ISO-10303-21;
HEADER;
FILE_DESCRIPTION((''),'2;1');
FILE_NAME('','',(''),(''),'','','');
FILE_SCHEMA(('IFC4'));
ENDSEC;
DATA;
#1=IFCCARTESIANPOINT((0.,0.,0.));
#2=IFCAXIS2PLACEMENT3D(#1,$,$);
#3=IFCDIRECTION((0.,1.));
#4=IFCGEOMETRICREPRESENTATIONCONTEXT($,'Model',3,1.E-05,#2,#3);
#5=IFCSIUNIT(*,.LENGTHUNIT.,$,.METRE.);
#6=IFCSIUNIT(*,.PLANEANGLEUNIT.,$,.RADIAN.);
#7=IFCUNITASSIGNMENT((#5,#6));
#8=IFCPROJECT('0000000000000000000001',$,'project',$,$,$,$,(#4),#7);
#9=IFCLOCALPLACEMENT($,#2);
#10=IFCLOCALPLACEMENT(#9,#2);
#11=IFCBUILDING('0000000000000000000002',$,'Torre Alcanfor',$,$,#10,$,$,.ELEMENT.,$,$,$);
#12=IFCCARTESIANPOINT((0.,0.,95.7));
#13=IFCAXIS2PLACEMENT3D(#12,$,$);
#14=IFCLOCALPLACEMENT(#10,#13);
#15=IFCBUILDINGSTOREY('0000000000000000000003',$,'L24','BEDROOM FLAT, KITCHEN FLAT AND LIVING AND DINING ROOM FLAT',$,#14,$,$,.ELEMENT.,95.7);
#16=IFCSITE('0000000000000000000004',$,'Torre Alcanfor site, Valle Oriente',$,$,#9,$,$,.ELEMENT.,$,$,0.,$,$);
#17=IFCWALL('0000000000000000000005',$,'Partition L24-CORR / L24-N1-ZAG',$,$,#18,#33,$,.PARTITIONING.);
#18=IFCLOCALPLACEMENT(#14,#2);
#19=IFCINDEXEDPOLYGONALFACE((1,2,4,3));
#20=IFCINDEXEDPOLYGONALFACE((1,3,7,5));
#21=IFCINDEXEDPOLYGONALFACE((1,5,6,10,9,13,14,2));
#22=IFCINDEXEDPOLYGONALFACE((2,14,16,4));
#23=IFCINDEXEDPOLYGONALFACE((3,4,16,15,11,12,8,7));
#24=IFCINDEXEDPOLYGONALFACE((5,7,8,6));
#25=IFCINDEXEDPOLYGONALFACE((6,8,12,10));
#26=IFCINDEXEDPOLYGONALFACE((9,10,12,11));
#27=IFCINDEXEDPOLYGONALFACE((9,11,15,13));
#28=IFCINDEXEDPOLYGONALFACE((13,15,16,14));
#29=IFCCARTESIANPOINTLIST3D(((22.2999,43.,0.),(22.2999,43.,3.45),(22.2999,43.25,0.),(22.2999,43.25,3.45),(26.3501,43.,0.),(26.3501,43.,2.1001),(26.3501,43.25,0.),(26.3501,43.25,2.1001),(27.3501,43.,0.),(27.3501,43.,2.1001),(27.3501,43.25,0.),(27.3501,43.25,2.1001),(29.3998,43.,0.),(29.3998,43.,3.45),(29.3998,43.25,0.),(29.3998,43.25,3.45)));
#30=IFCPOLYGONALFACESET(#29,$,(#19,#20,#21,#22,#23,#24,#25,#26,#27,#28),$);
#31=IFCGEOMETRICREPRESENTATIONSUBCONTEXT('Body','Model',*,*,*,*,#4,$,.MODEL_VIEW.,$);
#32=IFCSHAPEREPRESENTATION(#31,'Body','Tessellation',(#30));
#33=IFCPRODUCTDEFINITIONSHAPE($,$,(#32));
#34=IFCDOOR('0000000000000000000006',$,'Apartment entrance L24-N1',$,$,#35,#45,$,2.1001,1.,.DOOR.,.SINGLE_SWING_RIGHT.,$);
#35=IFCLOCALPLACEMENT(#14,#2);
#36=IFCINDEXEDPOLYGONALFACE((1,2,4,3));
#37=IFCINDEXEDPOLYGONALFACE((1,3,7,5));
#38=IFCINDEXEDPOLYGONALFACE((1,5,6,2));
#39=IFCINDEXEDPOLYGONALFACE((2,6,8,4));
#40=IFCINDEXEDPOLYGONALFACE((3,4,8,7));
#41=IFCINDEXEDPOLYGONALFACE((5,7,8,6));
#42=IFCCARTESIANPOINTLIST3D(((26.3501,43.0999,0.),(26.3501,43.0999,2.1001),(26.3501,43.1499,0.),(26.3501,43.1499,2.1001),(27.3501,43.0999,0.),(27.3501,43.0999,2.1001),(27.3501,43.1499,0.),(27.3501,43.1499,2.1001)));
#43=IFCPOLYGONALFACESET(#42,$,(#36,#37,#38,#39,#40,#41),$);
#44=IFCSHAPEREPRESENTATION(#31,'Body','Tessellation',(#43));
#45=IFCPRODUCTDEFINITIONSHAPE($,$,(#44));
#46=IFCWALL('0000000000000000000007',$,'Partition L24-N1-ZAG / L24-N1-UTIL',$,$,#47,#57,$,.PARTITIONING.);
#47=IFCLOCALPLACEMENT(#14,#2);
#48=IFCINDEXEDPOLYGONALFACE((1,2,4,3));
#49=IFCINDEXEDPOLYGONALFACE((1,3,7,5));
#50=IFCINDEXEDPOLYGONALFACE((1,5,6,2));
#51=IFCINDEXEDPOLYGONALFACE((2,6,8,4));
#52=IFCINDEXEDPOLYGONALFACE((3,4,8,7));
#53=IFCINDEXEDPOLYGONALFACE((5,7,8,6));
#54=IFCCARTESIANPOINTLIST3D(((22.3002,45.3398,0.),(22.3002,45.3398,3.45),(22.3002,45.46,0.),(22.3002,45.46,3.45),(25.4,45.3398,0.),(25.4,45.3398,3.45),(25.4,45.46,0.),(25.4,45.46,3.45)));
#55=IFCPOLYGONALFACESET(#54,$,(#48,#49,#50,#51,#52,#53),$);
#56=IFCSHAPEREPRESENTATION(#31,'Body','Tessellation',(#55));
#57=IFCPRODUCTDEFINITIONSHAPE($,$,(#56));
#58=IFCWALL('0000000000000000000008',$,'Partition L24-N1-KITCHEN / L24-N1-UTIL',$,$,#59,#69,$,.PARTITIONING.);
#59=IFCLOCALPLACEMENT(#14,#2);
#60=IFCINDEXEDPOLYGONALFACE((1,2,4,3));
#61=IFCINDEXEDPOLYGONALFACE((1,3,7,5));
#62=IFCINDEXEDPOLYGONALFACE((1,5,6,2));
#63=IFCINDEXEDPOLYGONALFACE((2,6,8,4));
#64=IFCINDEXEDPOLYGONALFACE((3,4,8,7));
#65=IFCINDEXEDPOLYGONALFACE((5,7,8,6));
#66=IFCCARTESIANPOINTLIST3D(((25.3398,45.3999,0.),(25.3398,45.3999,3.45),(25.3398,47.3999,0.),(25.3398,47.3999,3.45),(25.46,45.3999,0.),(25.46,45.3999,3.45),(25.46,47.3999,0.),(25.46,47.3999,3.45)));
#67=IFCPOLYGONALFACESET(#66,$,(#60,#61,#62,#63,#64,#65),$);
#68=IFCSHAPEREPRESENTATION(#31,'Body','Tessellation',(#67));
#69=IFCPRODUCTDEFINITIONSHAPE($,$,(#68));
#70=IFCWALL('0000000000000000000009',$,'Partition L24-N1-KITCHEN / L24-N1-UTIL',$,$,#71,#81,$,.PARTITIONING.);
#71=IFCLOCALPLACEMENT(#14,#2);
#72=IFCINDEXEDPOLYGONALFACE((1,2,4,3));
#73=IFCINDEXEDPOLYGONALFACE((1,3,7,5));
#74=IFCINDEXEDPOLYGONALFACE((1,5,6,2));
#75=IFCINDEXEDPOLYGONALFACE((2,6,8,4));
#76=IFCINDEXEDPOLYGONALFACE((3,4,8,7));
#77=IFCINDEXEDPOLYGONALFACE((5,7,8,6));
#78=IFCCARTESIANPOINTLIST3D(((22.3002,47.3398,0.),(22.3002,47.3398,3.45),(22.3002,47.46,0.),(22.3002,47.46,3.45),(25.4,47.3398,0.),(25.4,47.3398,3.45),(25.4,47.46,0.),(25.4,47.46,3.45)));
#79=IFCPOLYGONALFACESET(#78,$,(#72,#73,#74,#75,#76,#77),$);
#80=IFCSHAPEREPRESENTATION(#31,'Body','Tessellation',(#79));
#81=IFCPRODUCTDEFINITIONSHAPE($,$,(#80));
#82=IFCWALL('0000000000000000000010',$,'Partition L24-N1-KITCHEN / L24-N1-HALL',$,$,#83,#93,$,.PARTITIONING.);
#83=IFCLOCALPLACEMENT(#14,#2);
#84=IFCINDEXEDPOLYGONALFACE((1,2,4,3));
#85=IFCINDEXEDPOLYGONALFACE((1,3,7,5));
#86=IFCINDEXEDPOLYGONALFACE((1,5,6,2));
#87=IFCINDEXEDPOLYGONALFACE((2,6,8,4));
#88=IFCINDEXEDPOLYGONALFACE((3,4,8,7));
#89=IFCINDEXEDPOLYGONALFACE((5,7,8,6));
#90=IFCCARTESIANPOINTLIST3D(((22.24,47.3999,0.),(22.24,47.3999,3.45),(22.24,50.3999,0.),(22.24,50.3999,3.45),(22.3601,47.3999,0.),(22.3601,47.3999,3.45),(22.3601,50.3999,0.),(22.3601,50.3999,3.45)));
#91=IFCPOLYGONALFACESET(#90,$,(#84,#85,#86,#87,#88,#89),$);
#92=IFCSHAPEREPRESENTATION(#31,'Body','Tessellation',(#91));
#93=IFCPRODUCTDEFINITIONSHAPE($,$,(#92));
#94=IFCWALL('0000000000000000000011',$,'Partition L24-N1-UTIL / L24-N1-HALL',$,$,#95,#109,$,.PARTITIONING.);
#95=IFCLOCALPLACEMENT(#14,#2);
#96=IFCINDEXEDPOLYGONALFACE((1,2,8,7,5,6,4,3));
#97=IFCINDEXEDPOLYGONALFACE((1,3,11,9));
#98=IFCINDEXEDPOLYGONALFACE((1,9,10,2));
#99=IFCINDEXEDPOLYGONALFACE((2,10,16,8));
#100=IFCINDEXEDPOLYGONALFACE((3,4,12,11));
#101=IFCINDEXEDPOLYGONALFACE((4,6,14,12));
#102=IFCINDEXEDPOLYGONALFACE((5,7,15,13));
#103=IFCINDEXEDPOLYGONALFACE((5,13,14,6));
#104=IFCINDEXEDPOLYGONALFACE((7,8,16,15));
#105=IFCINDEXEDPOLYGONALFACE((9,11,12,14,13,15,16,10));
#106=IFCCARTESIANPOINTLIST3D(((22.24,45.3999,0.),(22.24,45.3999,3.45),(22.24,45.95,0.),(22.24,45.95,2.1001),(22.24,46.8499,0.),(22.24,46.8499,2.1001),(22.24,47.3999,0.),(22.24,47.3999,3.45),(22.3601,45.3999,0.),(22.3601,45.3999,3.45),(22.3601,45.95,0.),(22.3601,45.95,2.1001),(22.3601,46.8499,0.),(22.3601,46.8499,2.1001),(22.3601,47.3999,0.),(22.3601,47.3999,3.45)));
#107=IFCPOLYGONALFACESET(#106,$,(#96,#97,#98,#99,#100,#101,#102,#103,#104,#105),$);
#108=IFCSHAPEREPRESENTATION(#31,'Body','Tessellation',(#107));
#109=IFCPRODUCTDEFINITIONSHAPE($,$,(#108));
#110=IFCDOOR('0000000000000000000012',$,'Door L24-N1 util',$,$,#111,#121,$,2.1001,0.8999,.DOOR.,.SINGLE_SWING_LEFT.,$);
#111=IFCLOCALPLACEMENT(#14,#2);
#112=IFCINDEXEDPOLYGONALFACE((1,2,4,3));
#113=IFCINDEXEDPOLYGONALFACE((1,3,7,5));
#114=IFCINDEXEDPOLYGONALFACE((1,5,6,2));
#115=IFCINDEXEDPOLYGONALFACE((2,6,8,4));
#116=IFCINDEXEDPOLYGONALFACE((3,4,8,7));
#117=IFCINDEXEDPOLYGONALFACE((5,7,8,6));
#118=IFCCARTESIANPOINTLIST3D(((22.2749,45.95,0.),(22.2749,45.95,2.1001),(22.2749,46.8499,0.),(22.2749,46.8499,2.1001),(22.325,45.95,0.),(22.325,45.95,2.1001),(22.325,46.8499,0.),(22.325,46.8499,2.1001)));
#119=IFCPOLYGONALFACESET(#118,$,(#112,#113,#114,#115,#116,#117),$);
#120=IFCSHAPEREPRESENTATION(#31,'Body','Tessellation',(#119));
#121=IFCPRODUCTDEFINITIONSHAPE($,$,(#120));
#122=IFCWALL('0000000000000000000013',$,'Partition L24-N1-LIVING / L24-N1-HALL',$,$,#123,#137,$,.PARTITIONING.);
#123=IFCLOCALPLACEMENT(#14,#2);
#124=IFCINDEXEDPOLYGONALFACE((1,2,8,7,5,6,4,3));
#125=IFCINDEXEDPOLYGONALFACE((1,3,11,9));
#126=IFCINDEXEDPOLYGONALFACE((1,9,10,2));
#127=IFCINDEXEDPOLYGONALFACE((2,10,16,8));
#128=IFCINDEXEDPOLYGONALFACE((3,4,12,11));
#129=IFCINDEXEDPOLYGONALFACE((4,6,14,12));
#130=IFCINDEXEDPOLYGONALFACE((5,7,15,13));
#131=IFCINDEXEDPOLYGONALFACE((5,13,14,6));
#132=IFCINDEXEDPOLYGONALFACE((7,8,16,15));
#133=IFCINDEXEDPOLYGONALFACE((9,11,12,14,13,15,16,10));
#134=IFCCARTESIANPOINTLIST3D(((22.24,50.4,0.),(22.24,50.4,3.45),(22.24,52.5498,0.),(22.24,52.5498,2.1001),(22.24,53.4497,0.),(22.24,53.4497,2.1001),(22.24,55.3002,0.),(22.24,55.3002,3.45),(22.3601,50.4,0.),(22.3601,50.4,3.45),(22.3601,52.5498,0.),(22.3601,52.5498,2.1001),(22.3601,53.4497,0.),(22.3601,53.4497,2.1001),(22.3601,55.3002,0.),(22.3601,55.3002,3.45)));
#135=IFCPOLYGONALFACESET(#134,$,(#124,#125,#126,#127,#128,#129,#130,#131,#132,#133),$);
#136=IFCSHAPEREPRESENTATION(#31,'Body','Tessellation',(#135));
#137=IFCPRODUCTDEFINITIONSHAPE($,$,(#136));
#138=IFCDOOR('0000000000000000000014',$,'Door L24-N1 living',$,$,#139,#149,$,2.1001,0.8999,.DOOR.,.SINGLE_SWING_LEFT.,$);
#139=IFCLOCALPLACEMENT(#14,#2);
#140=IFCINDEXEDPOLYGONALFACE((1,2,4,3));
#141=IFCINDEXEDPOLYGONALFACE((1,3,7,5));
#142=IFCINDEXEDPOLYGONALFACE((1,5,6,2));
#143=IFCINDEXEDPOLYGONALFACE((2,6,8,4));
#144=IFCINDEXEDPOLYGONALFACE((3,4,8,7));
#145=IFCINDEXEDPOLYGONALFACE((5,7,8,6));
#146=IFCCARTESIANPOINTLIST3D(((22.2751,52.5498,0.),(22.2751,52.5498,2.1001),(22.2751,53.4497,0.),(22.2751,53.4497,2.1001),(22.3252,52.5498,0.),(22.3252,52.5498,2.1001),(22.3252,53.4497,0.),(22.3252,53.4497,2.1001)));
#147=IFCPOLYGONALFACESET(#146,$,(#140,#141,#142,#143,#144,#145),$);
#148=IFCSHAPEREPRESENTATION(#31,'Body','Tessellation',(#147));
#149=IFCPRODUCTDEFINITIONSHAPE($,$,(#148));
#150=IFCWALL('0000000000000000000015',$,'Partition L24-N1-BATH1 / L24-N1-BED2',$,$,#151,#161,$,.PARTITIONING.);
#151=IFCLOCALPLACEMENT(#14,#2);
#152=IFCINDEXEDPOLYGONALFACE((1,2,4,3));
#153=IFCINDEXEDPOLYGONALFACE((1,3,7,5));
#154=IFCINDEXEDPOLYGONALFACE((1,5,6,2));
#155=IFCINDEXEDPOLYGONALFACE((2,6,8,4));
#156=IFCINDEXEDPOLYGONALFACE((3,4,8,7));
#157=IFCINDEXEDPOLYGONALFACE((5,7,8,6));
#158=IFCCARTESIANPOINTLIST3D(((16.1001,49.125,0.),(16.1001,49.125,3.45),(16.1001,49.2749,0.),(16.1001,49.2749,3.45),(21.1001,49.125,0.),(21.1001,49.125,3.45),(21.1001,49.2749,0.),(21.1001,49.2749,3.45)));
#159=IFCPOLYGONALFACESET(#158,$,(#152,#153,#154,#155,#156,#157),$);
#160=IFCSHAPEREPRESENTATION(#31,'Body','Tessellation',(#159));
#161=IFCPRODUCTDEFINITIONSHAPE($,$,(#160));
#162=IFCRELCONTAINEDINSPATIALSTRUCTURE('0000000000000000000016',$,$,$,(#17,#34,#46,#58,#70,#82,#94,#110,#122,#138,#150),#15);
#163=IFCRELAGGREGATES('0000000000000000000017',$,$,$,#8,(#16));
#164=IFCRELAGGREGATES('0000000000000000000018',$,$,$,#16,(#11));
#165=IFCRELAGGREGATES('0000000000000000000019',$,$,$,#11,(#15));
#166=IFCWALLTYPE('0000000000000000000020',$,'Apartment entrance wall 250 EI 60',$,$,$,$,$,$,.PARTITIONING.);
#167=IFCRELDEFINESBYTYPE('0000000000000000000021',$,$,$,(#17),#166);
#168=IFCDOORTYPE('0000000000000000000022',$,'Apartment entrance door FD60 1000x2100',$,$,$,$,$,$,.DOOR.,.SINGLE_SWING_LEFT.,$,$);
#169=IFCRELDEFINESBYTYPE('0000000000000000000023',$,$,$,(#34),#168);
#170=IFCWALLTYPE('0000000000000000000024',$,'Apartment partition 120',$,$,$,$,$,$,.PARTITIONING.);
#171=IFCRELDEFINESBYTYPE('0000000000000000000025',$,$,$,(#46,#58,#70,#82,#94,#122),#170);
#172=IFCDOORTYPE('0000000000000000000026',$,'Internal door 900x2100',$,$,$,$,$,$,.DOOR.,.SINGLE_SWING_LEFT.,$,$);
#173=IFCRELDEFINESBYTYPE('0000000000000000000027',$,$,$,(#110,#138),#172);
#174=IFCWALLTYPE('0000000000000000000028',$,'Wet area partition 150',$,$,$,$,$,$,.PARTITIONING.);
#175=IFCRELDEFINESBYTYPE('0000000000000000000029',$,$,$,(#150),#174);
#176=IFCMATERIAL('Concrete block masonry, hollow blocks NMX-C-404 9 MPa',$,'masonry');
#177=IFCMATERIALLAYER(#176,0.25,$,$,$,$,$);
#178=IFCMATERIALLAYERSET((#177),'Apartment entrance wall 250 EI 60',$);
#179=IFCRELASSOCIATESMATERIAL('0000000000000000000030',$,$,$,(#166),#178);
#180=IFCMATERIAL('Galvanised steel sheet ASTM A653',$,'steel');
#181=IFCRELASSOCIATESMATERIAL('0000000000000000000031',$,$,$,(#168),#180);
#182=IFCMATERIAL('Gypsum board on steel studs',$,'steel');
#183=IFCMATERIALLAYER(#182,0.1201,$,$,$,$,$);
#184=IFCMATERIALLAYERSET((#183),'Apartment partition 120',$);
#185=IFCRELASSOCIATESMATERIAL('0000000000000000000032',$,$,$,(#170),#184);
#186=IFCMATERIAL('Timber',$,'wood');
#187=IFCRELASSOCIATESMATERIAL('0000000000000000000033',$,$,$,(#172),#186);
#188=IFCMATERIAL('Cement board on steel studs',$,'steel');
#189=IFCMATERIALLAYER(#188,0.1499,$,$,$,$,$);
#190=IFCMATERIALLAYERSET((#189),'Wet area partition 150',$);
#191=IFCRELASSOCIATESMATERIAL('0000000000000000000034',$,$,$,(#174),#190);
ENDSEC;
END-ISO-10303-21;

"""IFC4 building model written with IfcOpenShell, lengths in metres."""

from ifc_helpers import new_model, si_unit, direction, frame, frame_2d, origin, place, context, subcontext, project, spatial, rectangle, extrude, material, layer, layer_set, type_object, element, fill, save


model = new_model("IFC4")

# Units and contexts
model_context = context("Model", 3, precision=1e-05, world=origin(), true_north=direction((0.0, 1.0)))
body_context = subcontext(model_context, "Body", "Model", "MODEL_VIEW")
ifc_project = project(units=[si_unit("LENGTHUNIT", "METRE"), si_unit("PLANEANGLEUNIT", "RADIAN")], contexts=[model_context])

# Site, building, storey
site_placement = place(None, origin())
site = spatial("IfcSite", under=ifc_project, at=site_placement, Name="Torre Alcanfor site, Valle Oriente", CompositionType="ELEMENT", RefElevation=0.0)
building_placement = place(site_placement, origin())
building = spatial("IfcBuilding", under=site, at=building_placement, Name="Torre Alcanfor", CompositionType="ELEMENT")
storey_placement = place(building_placement, frame((0.0, 0.0, 95.7)))
storey = spatial("IfcBuildingStorey", under=building, at=storey_placement, Name="L24", Description="BEDROOM FLAT, KITCHEN FLAT AND LIVING AND DINING ROOM FLAT", CompositionType="ELEMENT", Elevation=95.7)

# Wall, opening, door
ifc_material_1 = material(Name="Concrete block masonry, hollow blocks NMX-C-404 9 MPa", Category="masonry")
ifc_layer_1 = layer(ifc_material_1, 0.25)
ifc_layer_set_1 = layer_set([ifc_layer_1], Name="Apartment entrance wall 250 EI 60")
wall_type_1 = type_object("IfcWallType", Name="Apartment entrance wall 250 EI 60", PredefinedType="PARTITIONING", material=ifc_layer_set_1)
wall_1_placement = place(storey_placement, frame((22.3, 43.125, 0.0), z_axis=(0.0, 0.0, 1.0), x_axis=(1.0, 0.0, 0.0)))
wall_1 = element("IfcWall", 1, at=wall_1_placement, inside=storey, type_object=wall_type_1, Name="Partition L24-CORR / L24-N1-ZAG", PredefinedType="PARTITIONING", context=body_context, shape_type="SweptSolid", body=[
    extrude(rectangle(XDim=7.0999, YDim=0.25, at=frame_2d((3.5498, 0.0))), origin(), (0.0, 0.0, 1.0), 3.45),
])
opening_1_placement = place(wall_1_placement, frame((4.05, 0.0, 0.0)))
opening_1 = element("IfcOpeningElement", 2, at=opening_1_placement, cuts=wall_1, PredefinedType="OPENING", context=body_context, shape_type="SweptSolid", body=[
    extrude(rectangle(XDim=1.0, YDim=2.1001, at=frame_2d((0.5, 1.05))), frame((0.0, 0.135, 0.0), z_axis=(0.0, -1.0, 0.0), x_axis=(1.0, 0.0, 0.0)), (0.0, 0.0, 1.0), 0.27),
])
ifc_material_2 = material(Name="Galvanised steel sheet ASTM A653", Category="steel")
door_type_1 = type_object("IfcDoorType", Name="Apartment entrance door FD60 1000x2100", OperationType="SINGLE_SWING_LEFT", PredefinedType="DOOR", material=ifc_material_2)
door_1_placement = place(opening_1_placement, origin())
door_1 = element("IfcDoor", 3, at=door_1_placement, inside=storey, type_object=door_type_1, Name="Apartment entrance L24-N1", OperationType="SINGLE_SWING_RIGHT", OverallHeight=2.1001, OverallWidth=1.0, PredefinedType="DOOR", context=body_context, shape_type="SweptSolid", body=[
    extrude(rectangle(XDim=1.0, YDim=2.1001, at=frame_2d((0.5, 1.05))), frame((0.0, 0.0249, 0.0), z_axis=(0.0, -1.0, 0.0), x_axis=(1.0, 0.0, 0.0)), (0.0, 0.0, 1.0), 0.05),
])
fill(opening_1, door_1)

# Walls
ifc_material_3 = material(Name="Gypsum board on steel studs", Category="steel")
ifc_layer_2 = layer(ifc_material_3, 0.1201)
ifc_layer_set_2 = layer_set([ifc_layer_2], Name="Apartment partition 120")
wall_type_2 = type_object("IfcWallType", Name="Apartment partition 120", PredefinedType="PARTITIONING", material=ifc_layer_set_2)
wall_2_placement = place(storey_placement, frame((25.3999, 45.3999, 0.0), z_axis=(0.0, 0.0, 1.0), x_axis=(-1.0, 0.0, 0.0)))
element("IfcWall", 4, at=wall_2_placement, inside=storey, type_object=wall_type_2, Name="Partition L24-N1-ZAG / L24-N1-UTIL", PredefinedType="PARTITIONING", context=body_context, shape_type="SweptSolid", body=[
    extrude(rectangle(XDim=3.0999, YDim=0.1201, at=frame_2d((1.5498, 0.0))), origin(), (0.0, 0.0, 1.0), 3.45),
])
wall_3_placement = place(storey_placement, frame((25.3999, 45.3999, 0.0), z_axis=(0.0, 0.0, 1.0), x_axis=(0.0, 1.0, 0.0)))
element("IfcWall", 5, at=wall_3_placement, inside=storey, type_object=wall_type_2, Name="Partition L24-N1-KITCHEN / L24-N1-UTIL", PredefinedType="PARTITIONING", context=body_context, shape_type="SweptSolid", body=[
    extrude(rectangle(XDim=2.0, YDim=0.1201, at=frame_2d((1.0, 0.0))), origin(), (0.0, 0.0, 1.0), 3.45),
])
wall_4_placement = place(storey_placement, frame((25.3999, 47.3999, 0.0), z_axis=(0.0, 0.0, 1.0), x_axis=(-1.0, 0.0, 0.0)))
element("IfcWall", 6, at=wall_4_placement, inside=storey, type_object=wall_type_2, Name="Partition L24-N1-KITCHEN / L24-N1-UTIL", PredefinedType="PARTITIONING", context=body_context, shape_type="SweptSolid", body=[
    extrude(rectangle(XDim=3.0999, YDim=0.1201, at=frame_2d((1.5498, 0.0))), origin(), (0.0, 0.0, 1.0), 3.45),
])
wall_5_placement = place(storey_placement, frame((22.3, 47.3999, 0.0), z_axis=(0.0, 0.0, 1.0), x_axis=(0.0, 1.0, 0.0)))
element("IfcWall", 7, at=wall_5_placement, inside=storey, type_object=wall_type_2, Name="Partition L24-N1-KITCHEN / L24-N1-HALL", PredefinedType="PARTITIONING", context=body_context, shape_type="SweptSolid", body=[
    extrude(rectangle(XDim=3.0, YDim=0.1201, at=frame_2d((1.5, 0.0))), origin(), (0.0, 0.0, 1.0), 3.45),
])

# Walls, openings, doors
wall_6_placement = place(storey_placement, frame((22.3, 47.3999, 0.0), z_axis=(0.0, 0.0, 1.0), x_axis=(0.0, -1.0, 0.0)))
wall_6 = element("IfcWall", 8, at=wall_6_placement, inside=storey, type_object=wall_type_2, Name="Partition L24-N1-UTIL / L24-N1-HALL", PredefinedType="PARTITIONING", context=body_context, shape_type="SweptSolid", body=[
    extrude(rectangle(XDim=2.0, YDim=0.1201, at=frame_2d((1.0, 0.0))), origin(), (0.0, 0.0, 1.0), 3.45),
])
opening_2_placement = place(wall_6_placement, frame((0.55, 0.0, 0.0)))
opening_2 = element("IfcOpeningElement", 9, at=opening_2_placement, cuts=wall_6, PredefinedType="OPENING", context=body_context, shape_type="SweptSolid", body=[
    extrude(rectangle(XDim=0.8999, YDim=2.1001, at=frame_2d((0.45, 1.05))), frame((0.0, 0.0701, 0.0), z_axis=(0.0, -1.0, 0.0), x_axis=(1.0, 0.0, 0.0)), (0.0, 0.0, 1.0), 0.1401),
])
ifc_material_4 = material(Name="Timber", Category="wood")
door_type_2 = type_object("IfcDoorType", Name="Internal door 900x2100", OperationType="SINGLE_SWING_LEFT", PredefinedType="DOOR", material=ifc_material_4)
door_2_placement = place(opening_2_placement, origin())
door_2 = element("IfcDoor", 10, at=door_2_placement, inside=storey, type_object=door_type_2, Name="Door L24-N1 util", OperationType="SINGLE_SWING_LEFT", OverallHeight=2.1001, OverallWidth=0.8999, PredefinedType="DOOR", context=body_context, shape_type="SweptSolid", body=[
    extrude(rectangle(XDim=0.8999, YDim=2.1001, at=frame_2d((0.45, 1.05))), frame((0.0, 0.0249, 0.0), z_axis=(0.0, -1.0, 0.0), x_axis=(1.0, 0.0, 0.0)), (0.0, 0.0, 1.0), 0.05),
])
fill(opening_2, door_2)
wall_7_placement = place(storey_placement, frame((22.3, 50.3999, 0.0), z_axis=(0.0, 0.0, 1.0), x_axis=(0.0, 1.0, 0.0)))
wall_7 = element("IfcWall", 11, at=wall_7_placement, inside=storey, type_object=wall_type_2, Name="Partition L24-N1-LIVING / L24-N1-HALL", PredefinedType="PARTITIONING", context=body_context, shape_type="SweptSolid", body=[
    extrude(rectangle(XDim=4.9001, YDim=0.1201, at=frame_2d((2.4502, 0.0))), origin(), (0.0, 0.0, 1.0), 3.45),
])
opening_3_placement = place(wall_7_placement, frame((2.1499, 0.0, 0.0)))
opening_3 = element("IfcOpeningElement", 12, at=opening_3_placement, cuts=wall_7, PredefinedType="OPENING", context=body_context, shape_type="SweptSolid", body=[
    extrude(rectangle(XDim=0.8999, YDim=2.1001, at=frame_2d((0.45, 1.05))), frame((0.0, 0.0701, 0.0), z_axis=(0.0, -1.0, 0.0), x_axis=(1.0, 0.0, 0.0)), (0.0, 0.0, 1.0), 0.1401),
])
door_3_placement = place(opening_3_placement, frame((0.8999, 0.0, 0.0), z_axis=(0.0, 0.0, 1.0), x_axis=(-1.0, 0.0, 0.0)))
door_3 = element("IfcDoor", 13, at=door_3_placement, inside=storey, type_object=door_type_2, Name="Door L24-N1 living", OperationType="SINGLE_SWING_LEFT", OverallHeight=2.1001, OverallWidth=0.8999, PredefinedType="DOOR", context=body_context, shape_type="SweptSolid", body=[
    extrude(rectangle(XDim=0.8999, YDim=2.1001, at=frame_2d((0.45, 1.05))), frame((0.0, 0.0251, 0.0), z_axis=(0.0, -1.0, 0.0), x_axis=(1.0, 0.0, 0.0)), (0.0, 0.0, 1.0), 0.05),
])
fill(opening_3, door_3)

# Wall
ifc_material_5 = material(Name="Cement board on steel studs", Category="steel")
ifc_layer_3 = layer(ifc_material_5, 0.1499)
ifc_layer_set_3 = layer_set([ifc_layer_3], Name="Wet area partition 150")
wall_type_3 = type_object("IfcWallType", Name="Wet area partition 150", PredefinedType="PARTITIONING", material=ifc_layer_set_3)
wall_8_placement = place(storey_placement, frame((21.1001, 49.2, 0.0), z_axis=(0.0, 0.0, 1.0), x_axis=(-1.0, 0.0, 0.0)))
element("IfcWall", 14, at=wall_8_placement, inside=storey, type_object=wall_type_3, Name="Partition L24-N1-BATH1 / L24-N1-BED2", PredefinedType="PARTITIONING", context=body_context, shape_type="SweptSolid", body=[
    extrude(rectangle(XDim=5.0, YDim=0.1499, at=frame_2d((2.5, 0.0))), origin(), (0.0, 0.0, 1.0), 3.45),
])

save(model, "model.ifc")
